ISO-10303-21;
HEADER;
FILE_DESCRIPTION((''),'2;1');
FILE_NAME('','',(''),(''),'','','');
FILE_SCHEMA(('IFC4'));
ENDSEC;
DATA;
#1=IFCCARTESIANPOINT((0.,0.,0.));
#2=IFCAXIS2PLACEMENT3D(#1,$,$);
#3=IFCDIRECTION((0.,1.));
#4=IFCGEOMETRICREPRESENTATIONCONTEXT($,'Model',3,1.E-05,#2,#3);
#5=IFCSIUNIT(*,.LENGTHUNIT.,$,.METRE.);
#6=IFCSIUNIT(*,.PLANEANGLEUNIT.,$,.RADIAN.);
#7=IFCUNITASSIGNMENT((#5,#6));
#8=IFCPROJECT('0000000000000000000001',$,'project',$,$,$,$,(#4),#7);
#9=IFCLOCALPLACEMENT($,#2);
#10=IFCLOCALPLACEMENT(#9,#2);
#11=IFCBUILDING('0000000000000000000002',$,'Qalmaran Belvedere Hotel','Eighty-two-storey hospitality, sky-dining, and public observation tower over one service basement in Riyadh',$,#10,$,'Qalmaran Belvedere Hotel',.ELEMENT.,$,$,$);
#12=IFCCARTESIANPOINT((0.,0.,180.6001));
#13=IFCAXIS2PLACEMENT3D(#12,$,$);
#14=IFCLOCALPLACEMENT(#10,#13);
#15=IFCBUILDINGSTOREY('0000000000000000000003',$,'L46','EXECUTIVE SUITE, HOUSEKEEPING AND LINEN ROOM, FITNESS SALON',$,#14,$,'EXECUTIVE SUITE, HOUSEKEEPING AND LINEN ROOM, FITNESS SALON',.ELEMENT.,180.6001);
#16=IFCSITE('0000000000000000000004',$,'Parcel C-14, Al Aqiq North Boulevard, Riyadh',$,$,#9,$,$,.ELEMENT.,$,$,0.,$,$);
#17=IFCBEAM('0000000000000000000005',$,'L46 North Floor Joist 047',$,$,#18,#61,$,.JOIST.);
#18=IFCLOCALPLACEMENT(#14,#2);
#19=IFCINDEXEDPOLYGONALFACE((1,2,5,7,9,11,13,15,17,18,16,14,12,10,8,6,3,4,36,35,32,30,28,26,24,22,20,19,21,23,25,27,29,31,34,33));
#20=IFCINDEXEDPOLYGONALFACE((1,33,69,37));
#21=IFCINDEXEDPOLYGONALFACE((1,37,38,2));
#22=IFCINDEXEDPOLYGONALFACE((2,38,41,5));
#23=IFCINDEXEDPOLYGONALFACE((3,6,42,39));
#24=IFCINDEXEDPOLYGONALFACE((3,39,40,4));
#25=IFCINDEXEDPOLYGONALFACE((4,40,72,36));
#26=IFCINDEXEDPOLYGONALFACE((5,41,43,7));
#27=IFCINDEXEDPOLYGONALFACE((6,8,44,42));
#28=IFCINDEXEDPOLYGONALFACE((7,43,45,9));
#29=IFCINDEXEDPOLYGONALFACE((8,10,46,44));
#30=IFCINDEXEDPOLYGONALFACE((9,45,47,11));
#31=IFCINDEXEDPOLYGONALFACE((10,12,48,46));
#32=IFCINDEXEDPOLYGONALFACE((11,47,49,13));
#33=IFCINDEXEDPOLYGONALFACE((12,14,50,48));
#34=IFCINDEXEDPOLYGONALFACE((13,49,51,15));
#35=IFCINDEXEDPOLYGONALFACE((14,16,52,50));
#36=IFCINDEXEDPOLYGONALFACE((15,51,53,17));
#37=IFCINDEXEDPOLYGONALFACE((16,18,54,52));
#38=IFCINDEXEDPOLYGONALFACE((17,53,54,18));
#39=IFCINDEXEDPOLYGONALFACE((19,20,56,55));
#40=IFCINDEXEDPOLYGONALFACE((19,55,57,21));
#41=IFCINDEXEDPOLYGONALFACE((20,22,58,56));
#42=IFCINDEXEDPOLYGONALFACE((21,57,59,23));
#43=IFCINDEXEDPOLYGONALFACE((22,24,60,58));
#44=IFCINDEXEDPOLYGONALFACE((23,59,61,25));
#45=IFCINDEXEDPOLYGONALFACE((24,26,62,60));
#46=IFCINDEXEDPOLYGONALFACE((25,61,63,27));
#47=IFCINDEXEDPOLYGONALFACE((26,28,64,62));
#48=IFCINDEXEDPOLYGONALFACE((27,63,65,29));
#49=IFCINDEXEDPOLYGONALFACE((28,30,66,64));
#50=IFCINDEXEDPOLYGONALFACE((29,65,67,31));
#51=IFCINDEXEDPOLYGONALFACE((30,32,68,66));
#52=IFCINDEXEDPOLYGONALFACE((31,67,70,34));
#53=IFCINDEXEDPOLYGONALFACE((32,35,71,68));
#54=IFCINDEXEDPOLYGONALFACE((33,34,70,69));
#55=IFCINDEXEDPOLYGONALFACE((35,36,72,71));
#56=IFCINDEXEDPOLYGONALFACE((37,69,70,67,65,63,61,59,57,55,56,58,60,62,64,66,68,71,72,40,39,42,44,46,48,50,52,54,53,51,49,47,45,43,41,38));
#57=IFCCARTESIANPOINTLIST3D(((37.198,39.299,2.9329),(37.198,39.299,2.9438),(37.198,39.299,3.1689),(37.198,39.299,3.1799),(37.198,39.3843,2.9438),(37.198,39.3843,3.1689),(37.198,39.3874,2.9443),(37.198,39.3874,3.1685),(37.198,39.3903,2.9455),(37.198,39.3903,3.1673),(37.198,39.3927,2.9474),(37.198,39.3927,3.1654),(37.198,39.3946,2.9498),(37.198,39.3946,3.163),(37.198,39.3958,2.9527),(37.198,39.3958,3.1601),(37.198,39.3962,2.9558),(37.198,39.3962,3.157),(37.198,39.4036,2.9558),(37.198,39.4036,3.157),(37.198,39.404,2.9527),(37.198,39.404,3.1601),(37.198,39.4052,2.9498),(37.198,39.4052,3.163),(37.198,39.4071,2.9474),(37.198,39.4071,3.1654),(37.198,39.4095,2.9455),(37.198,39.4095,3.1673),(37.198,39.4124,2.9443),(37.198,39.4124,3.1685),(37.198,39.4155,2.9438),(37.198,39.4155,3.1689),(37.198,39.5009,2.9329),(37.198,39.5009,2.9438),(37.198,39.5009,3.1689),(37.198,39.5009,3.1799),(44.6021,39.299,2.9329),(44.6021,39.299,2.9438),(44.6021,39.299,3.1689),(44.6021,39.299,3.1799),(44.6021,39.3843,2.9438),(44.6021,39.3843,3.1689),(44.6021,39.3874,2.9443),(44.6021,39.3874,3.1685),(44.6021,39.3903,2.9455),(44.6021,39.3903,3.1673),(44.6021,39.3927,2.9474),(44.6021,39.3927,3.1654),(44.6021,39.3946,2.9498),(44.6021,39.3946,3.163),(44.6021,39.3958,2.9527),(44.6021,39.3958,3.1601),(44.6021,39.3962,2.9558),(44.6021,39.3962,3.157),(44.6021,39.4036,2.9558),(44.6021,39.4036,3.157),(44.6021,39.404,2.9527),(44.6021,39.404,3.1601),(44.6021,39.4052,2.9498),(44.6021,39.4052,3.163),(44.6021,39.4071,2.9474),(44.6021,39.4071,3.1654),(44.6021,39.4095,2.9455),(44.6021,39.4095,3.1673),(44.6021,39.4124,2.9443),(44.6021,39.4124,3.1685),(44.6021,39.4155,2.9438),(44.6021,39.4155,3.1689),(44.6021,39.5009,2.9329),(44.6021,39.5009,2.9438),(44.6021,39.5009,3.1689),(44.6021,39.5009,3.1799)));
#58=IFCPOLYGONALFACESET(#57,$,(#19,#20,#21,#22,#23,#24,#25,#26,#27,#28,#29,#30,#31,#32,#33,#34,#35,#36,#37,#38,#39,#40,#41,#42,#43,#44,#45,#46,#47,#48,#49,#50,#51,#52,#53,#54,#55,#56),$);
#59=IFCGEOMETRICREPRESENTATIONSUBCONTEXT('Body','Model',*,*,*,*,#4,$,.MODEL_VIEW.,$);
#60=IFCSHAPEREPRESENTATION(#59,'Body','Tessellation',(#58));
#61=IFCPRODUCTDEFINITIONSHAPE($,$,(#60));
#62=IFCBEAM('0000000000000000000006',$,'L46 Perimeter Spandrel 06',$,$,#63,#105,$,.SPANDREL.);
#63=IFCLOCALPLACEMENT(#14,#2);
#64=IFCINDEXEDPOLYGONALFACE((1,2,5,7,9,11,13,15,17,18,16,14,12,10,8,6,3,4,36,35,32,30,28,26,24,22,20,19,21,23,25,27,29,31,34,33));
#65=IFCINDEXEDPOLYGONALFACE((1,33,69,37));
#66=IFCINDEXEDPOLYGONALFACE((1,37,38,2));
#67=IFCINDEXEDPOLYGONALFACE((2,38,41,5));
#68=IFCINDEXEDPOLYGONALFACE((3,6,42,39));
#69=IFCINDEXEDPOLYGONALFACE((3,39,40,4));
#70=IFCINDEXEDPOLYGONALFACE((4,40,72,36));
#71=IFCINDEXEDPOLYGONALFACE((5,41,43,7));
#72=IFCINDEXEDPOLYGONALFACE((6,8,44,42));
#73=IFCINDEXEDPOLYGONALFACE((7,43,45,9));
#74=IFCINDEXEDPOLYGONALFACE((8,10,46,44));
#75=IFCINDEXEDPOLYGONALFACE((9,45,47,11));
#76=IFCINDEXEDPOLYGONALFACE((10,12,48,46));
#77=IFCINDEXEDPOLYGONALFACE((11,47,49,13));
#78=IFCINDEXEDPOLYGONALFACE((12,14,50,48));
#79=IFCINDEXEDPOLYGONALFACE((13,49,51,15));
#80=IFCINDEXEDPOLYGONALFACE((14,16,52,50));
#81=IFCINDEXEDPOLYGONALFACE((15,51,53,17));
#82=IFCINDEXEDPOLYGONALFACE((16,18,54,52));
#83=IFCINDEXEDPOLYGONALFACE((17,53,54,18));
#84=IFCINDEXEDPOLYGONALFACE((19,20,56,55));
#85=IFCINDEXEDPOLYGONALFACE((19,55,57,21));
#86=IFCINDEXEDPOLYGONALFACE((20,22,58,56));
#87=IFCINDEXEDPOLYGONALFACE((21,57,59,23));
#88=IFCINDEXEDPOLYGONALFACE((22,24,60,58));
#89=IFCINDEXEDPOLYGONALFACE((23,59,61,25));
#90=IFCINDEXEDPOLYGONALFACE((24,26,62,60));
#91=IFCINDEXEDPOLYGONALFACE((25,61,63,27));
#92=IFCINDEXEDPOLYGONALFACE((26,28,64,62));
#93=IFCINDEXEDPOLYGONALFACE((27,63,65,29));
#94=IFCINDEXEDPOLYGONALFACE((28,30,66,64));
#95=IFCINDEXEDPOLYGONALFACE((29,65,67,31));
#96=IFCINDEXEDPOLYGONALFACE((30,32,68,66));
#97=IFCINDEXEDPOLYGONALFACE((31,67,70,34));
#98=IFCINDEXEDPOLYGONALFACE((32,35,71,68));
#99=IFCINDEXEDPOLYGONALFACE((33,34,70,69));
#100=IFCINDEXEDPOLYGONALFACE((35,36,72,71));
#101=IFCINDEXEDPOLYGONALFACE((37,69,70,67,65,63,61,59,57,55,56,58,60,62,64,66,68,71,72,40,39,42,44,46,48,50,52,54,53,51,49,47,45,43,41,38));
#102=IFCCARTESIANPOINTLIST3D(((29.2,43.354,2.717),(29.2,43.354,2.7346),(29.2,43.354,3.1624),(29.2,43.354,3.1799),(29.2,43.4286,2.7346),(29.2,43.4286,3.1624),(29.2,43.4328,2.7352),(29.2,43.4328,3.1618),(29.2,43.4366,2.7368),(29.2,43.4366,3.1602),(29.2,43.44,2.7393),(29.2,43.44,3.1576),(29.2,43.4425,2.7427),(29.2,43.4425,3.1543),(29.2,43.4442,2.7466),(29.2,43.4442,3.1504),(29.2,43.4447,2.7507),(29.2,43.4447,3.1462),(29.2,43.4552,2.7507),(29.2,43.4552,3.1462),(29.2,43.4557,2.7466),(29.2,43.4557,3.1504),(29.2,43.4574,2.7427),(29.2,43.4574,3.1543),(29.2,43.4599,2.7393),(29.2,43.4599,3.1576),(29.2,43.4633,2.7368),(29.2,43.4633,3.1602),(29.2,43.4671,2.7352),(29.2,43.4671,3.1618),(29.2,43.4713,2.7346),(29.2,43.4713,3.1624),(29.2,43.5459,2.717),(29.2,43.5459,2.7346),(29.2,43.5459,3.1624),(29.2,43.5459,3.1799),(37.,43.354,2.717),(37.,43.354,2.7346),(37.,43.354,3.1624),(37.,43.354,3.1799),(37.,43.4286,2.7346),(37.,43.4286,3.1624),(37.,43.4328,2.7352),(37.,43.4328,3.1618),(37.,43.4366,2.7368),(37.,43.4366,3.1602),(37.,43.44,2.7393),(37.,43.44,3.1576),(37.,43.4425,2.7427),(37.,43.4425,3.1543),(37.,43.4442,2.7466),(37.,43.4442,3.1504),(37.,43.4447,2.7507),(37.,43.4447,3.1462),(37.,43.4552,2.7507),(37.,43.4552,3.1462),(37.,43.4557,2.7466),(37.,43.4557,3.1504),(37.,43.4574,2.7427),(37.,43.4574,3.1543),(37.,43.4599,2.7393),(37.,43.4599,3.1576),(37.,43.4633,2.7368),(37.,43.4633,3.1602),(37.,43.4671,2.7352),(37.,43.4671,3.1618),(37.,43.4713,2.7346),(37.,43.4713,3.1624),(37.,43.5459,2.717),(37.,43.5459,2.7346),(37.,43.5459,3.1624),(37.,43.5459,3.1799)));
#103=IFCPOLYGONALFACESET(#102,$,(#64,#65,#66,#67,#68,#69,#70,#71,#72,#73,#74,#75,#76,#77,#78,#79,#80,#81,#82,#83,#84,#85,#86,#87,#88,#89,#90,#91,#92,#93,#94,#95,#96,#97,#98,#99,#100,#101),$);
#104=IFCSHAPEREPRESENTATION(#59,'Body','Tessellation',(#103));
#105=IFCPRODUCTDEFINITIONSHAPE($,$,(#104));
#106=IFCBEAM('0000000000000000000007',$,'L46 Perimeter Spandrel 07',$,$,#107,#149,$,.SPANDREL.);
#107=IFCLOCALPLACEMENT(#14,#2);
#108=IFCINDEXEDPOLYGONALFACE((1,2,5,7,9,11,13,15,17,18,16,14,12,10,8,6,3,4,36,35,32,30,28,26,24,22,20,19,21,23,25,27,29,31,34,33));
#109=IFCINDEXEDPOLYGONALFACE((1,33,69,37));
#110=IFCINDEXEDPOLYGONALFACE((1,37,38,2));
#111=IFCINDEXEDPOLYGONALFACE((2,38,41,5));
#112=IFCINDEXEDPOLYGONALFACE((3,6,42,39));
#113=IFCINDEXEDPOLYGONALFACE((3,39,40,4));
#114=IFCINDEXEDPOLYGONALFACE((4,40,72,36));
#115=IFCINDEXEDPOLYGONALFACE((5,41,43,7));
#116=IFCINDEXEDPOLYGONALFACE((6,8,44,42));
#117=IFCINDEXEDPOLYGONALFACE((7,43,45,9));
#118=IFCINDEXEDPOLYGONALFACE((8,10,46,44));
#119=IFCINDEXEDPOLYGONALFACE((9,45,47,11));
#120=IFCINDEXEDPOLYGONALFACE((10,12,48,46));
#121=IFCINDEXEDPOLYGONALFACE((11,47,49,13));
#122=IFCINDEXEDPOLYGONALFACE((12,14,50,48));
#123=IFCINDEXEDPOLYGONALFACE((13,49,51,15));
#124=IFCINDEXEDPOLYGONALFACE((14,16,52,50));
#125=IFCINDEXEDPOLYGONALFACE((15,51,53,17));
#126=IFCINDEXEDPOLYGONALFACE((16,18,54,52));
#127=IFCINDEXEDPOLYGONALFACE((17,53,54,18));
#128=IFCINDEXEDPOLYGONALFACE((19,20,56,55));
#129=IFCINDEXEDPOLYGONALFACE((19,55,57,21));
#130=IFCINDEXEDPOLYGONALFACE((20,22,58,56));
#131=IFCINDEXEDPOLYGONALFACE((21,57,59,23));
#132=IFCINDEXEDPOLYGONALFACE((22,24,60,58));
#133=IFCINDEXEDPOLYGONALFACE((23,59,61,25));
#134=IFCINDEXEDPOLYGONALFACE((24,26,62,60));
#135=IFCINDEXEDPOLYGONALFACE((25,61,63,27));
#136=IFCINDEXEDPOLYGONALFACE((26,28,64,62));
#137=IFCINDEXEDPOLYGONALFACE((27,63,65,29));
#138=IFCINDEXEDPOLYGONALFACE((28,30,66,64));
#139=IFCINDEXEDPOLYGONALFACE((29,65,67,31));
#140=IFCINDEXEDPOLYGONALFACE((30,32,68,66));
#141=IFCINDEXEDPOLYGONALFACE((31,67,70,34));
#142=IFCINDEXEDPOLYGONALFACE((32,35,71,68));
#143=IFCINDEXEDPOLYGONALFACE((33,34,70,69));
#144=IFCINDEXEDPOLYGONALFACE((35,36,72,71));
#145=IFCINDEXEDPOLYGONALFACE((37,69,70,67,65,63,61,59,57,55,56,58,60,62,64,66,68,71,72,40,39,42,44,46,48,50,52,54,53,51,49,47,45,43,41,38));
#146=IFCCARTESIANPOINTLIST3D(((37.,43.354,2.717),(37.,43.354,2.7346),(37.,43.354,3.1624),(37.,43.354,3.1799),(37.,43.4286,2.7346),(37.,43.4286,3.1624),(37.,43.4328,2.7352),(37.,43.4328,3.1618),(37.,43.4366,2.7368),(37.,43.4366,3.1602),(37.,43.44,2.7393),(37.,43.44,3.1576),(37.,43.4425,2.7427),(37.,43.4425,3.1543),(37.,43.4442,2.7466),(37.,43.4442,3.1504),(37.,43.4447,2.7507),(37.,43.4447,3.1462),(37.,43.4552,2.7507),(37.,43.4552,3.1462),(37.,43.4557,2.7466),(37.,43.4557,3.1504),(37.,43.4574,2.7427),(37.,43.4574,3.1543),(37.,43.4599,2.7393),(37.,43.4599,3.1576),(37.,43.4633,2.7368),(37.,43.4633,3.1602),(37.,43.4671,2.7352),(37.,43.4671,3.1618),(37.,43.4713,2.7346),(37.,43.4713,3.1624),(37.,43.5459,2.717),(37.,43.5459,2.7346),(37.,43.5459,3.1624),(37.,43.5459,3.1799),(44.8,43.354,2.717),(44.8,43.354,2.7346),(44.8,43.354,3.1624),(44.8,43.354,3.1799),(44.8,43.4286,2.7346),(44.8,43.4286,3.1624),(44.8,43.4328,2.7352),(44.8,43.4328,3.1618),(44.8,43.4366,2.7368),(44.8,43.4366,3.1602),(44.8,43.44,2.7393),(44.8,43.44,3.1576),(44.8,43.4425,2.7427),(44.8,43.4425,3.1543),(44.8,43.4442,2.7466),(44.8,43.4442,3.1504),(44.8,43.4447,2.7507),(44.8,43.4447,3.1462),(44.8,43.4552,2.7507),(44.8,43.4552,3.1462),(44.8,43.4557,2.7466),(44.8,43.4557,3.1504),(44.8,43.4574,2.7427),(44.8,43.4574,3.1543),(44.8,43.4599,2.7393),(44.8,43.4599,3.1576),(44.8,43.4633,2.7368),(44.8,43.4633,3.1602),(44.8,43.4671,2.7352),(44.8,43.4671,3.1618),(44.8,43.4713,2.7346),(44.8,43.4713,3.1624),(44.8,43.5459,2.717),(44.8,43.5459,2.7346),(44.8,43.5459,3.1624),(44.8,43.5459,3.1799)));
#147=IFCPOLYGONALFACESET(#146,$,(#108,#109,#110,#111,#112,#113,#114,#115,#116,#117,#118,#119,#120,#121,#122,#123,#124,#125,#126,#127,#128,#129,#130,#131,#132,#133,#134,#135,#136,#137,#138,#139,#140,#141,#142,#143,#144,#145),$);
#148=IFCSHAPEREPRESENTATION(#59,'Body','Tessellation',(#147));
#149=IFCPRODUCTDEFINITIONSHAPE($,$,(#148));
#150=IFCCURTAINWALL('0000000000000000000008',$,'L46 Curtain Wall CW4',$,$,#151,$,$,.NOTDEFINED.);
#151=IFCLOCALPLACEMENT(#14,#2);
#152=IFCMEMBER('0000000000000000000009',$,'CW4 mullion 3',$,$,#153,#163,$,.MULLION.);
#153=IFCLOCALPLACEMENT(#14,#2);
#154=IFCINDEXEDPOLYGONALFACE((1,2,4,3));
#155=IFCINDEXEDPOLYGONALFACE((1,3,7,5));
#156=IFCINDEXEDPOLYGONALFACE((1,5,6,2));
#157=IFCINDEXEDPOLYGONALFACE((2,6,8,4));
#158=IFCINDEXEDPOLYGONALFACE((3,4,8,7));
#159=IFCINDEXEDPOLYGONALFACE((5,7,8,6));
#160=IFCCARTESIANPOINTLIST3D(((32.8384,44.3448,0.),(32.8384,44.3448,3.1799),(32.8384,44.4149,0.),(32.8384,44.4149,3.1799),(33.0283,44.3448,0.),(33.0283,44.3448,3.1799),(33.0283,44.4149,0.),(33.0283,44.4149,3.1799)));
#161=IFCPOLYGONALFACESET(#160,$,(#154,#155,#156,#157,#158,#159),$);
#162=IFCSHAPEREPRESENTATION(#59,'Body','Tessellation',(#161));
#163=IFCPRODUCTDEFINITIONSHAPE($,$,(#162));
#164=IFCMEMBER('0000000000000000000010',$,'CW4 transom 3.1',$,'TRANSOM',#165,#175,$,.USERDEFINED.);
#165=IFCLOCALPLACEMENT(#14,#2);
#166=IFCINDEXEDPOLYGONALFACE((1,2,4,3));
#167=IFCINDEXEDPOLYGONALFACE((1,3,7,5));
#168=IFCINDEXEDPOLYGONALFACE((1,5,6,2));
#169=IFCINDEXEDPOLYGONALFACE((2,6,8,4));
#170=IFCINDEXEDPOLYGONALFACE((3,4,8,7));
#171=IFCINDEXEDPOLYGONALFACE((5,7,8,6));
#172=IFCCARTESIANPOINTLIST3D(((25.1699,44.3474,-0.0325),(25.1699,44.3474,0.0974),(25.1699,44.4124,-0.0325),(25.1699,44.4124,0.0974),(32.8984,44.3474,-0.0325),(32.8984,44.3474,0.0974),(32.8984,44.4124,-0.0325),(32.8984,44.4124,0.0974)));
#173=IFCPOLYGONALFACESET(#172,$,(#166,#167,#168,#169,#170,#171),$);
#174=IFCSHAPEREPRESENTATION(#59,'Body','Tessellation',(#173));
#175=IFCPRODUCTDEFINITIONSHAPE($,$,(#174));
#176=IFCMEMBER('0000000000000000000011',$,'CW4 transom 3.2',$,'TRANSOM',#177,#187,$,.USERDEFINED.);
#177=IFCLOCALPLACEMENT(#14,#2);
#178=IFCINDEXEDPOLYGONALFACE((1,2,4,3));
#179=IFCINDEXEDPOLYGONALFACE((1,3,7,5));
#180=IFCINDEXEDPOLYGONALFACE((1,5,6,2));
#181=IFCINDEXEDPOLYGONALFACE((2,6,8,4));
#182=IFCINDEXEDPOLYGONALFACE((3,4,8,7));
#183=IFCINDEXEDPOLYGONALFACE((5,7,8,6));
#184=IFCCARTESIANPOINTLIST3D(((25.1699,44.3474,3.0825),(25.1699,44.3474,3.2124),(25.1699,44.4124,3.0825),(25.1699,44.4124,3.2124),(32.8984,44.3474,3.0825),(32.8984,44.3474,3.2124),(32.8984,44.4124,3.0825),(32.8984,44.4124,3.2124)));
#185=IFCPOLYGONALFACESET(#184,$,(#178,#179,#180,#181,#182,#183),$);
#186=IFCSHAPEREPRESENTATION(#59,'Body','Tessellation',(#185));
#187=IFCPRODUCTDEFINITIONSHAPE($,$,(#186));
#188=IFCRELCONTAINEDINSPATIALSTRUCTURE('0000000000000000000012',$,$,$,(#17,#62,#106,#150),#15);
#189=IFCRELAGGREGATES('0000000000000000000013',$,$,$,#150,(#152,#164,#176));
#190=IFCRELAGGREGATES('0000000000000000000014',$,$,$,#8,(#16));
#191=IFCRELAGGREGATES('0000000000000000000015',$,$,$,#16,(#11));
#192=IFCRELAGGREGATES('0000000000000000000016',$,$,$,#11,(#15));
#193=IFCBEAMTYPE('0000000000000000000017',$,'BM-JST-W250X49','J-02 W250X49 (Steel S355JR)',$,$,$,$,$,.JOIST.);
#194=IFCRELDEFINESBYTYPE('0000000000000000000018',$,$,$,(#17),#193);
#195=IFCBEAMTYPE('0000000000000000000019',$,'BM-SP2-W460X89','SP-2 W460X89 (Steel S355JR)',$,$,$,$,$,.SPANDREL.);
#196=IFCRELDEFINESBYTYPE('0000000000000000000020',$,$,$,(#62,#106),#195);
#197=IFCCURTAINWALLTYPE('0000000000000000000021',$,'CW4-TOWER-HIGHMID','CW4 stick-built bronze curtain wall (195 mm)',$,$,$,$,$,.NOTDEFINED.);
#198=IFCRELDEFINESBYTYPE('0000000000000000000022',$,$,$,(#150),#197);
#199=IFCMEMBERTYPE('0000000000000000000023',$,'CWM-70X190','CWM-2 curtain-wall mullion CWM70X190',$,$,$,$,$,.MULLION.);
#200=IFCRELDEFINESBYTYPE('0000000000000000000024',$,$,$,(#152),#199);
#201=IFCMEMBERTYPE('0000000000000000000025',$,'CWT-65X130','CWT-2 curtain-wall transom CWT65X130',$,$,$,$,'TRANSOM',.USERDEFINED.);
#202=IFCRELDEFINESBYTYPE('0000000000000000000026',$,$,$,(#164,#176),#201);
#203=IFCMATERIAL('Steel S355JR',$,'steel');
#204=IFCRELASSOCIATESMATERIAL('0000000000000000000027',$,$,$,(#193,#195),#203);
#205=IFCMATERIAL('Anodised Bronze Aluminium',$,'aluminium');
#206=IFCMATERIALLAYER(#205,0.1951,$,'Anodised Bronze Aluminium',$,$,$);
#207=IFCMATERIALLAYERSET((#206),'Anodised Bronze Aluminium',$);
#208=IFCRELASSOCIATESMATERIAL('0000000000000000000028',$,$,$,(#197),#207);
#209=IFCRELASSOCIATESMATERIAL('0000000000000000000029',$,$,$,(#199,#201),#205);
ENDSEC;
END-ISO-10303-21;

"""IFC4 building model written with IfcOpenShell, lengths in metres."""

from ifc_helpers import new_model, si_unit, direction, frame, origin, origin_2d, place, context, subcontext, project, spatial, rectangle, i_section, extrude, material, layer, layer_set, material_profile, profile_set, type_object, element, aggregate, save


model = new_model("IFC4")

# Units and contexts
model_context = context("Model", 3, precision=1e-05, world=origin(), true_north=direction((0.0, 1.0)))
body_context = subcontext(model_context, "Body", "Model", "MODEL_VIEW")
ifc_project = project(units=[si_unit("LENGTHUNIT", "METRE"), si_unit("PLANEANGLEUNIT", "RADIAN")], contexts=[model_context])

# Site, building, storey
site_placement = place(None, origin())
site = spatial("IfcSite", under=ifc_project, at=site_placement, Name="Parcel C-14, Al Aqiq North Boulevard, Riyadh", CompositionType="ELEMENT", RefElevation=0.0)
building_placement = place(site_placement, origin())
building = spatial("IfcBuilding", under=site, at=building_placement, Name="Qalmaran Belvedere Hotel", Description="Eighty-two-storey hospitality, sky-dining, and public observation tower over one service basement in Riyadh", LongName="Qalmaran Belvedere Hotel", CompositionType="ELEMENT")
storey_placement = place(building_placement, frame((0.0, 0.0, 180.6001)))
storey = spatial("IfcBuildingStorey", under=building, at=storey_placement, Name="L46", Description="EXECUTIVE SUITE, HOUSEKEEPING AND LINEN ROOM, FITNESS SALON", LongName="EXECUTIVE SUITE, HOUSEKEEPING AND LINEN ROOM, FITNESS SALON", CompositionType="ELEMENT", Elevation=180.6001)

# Beams
ifc_material_1 = material(Name="Steel S355JR", Category="steel")
ifc_material_profile_1 = material_profile(ifc_material_1, i_section(OverallWidth=0.2019, OverallDepth=0.2471, WebThickness=0.0073, FlangeThickness=0.011, FilletRadius=0.012, at=origin_2d()), Name="W250X49")
ifc_profile_set_1 = profile_set([ifc_material_profile_1], Name="Steel S355JR")
beam_type_1 = type_object("IfcBeamType", Name="BM-JST-W250X49", Description="J-02 W250X49 (Steel S355JR)", PredefinedType="JOIST", material=ifc_profile_set_1)
for number, where, z_axis, x_axis, name in (
    (1, (37.198, 39.3999, 3.0564), (1.0, 0.0, 0.0), (0.0, 1.0, 0.0), "L46 North Floor Joist 047"),
):
    element("IfcBeam", number, at=place(storey_placement, frame(where, z_axis=z_axis, x_axis=x_axis)), inside=storey, type_object=beam_type_1, Name=name, PredefinedType="JOIST", context=body_context, shape_type="SweptSolid", body=[
        extrude(i_section(OverallWidth=0.2019, OverallDepth=0.2471, WebThickness=0.0073, FlangeThickness=0.011, FilletRadius=0.012, at=origin_2d()), origin(), (0.0, 0.0, 1.0), 7.4041),
    ])
ifc_material_profile_2 = material_profile(ifc_material_1, i_section(OverallWidth=0.1919, OverallDepth=0.4629, WebThickness=0.0105, FlangeThickness=0.0176, FilletRadius=0.0161, at=origin_2d()), Name="W460X89")
ifc_profile_set_2 = profile_set([ifc_material_profile_2], Name="Steel S355JR")
beam_type_2 = type_object("IfcBeamType", Name="BM-SP2-W460X89", Description="SP-2 W460X89 (Steel S355JR)", PredefinedType="SPANDREL", material=ifc_profile_set_2)
for number, where, z_axis, x_axis, name in (
    (2, (29.2, 43.45, 2.9485), (1.0, 0.0, 0.0), (0.0, 1.0, 0.0), "L46 Perimeter Spandrel 06"),
    (3, (37.0, 43.45, 2.9485), (1.0, 0.0, 0.0), (0.0, 1.0, 0.0), "L46 Perimeter Spandrel 07"),
):
    element("IfcBeam", number, at=place(storey_placement, frame(where, z_axis=z_axis, x_axis=x_axis)), inside=storey, type_object=beam_type_2, Name=name, PredefinedType="SPANDREL", context=body_context, shape_type="SweptSolid", body=[
        extrude(i_section(OverallWidth=0.1919, OverallDepth=0.4629, WebThickness=0.0105, FlangeThickness=0.0176, FilletRadius=0.0161, at=origin_2d()), origin(), (0.0, 0.0, 1.0), 7.8),
    ])

# Curtain wall, members
ifc_material_2 = material(Name="Anodised Bronze Aluminium", Category="aluminium")
ifc_layer_1 = layer(ifc_material_2, 0.1951, Name="Anodised Bronze Aluminium")
ifc_layer_set_1 = layer_set([ifc_layer_1], Name="Anodised Bronze Aluminium")
curtain_wall_type = type_object("IfcCurtainWallType", Name="CW4-TOWER-HIGHMID", Description="CW4 stick-built bronze curtain wall (195 mm)", PredefinedType="NOTDEFINED", material=ifc_layer_set_1)
curtain_wall_placement = place(storey_placement, origin())
curtain_wall = element("IfcCurtainWall", 4, at=curtain_wall_placement, inside=storey, type_object=curtain_wall_type, Name="L46 Curtain Wall CW4", PredefinedType="NOTDEFINED")
ifc_material_profile_3 = material_profile(ifc_material_2, rectangle(XDim=0.0701, YDim=0.1899, at=origin_2d()), Name="CWM70X190")
ifc_profile_set_3 = profile_set([ifc_material_profile_3], Name="Anodised Bronze Aluminium")
member_type_1 = type_object("IfcMemberType", Name="CWM-70X190", Description="CWM-2 curtain-wall mullion CWM70X190", PredefinedType="MULLION", material=ifc_profile_set_3)
member_1_placement = place(storey_placement, frame((32.9333, 44.3799, 0.0), z_axis=(0.0, 0.0, 1.0), x_axis=(0.0, -1.0, 0.0)))
member_1 = element("IfcMember", 5, at=member_1_placement, type_object=member_type_1, Name="CW4 mullion 3", PredefinedType="MULLION", context=body_context, shape_type="SweptSolid", body=[
    extrude(rectangle(XDim=0.0701, YDim=0.1899, at=origin_2d()), origin(), (0.0, 0.0, 1.0), 3.1799),
])
ifc_material_profile_4 = material_profile(ifc_material_2, rectangle(XDim=0.0649, YDim=0.1299, at=origin_2d()), Name="CWT65X130")
ifc_profile_set_4 = profile_set([ifc_material_profile_4], Name="Anodised Bronze Aluminium")
member_type_2 = type_object("IfcMemberType", Name="CWT-65X130", Description="CWT-2 curtain-wall transom CWT65X130", ElementType="TRANSOM", PredefinedType="USERDEFINED", material=ifc_profile_set_4)
member_2_placement = place(storey_placement, frame((32.8984, 44.3799, 0.0325), z_axis=(-1.0, 0.0, 0.0), x_axis=(0.0, -1.0, 0.0)))
member_2 = element("IfcMember", 6, at=member_2_placement, type_object=member_type_2, Name="CW4 transom 3.1", ObjectType="TRANSOM", PredefinedType="USERDEFINED", context=body_context, shape_type="SweptSolid", body=[
    extrude(rectangle(XDim=0.0649, YDim=0.1299, at=origin_2d()), origin(), (0.0, 0.0, 1.0), 7.7285),
])
member_3_placement = place(storey_placement, frame((32.8984, 44.3799, 3.1475), z_axis=(-1.0, 0.0, 0.0), x_axis=(0.0, -1.0, 0.0)))
member_3 = element("IfcMember", 7, at=member_3_placement, type_object=member_type_2, Name="CW4 transom 3.2", ObjectType="TRANSOM", PredefinedType="USERDEFINED", context=body_context, shape_type="SweptSolid", body=[
    extrude(rectangle(XDim=0.0649, YDim=0.1299, at=origin_2d()), origin(), (0.0, 0.0, 1.0), 7.7285),
])
aggregate(curtain_wall, [member_1, member_2, member_3])

save(model, "model.ifc")
